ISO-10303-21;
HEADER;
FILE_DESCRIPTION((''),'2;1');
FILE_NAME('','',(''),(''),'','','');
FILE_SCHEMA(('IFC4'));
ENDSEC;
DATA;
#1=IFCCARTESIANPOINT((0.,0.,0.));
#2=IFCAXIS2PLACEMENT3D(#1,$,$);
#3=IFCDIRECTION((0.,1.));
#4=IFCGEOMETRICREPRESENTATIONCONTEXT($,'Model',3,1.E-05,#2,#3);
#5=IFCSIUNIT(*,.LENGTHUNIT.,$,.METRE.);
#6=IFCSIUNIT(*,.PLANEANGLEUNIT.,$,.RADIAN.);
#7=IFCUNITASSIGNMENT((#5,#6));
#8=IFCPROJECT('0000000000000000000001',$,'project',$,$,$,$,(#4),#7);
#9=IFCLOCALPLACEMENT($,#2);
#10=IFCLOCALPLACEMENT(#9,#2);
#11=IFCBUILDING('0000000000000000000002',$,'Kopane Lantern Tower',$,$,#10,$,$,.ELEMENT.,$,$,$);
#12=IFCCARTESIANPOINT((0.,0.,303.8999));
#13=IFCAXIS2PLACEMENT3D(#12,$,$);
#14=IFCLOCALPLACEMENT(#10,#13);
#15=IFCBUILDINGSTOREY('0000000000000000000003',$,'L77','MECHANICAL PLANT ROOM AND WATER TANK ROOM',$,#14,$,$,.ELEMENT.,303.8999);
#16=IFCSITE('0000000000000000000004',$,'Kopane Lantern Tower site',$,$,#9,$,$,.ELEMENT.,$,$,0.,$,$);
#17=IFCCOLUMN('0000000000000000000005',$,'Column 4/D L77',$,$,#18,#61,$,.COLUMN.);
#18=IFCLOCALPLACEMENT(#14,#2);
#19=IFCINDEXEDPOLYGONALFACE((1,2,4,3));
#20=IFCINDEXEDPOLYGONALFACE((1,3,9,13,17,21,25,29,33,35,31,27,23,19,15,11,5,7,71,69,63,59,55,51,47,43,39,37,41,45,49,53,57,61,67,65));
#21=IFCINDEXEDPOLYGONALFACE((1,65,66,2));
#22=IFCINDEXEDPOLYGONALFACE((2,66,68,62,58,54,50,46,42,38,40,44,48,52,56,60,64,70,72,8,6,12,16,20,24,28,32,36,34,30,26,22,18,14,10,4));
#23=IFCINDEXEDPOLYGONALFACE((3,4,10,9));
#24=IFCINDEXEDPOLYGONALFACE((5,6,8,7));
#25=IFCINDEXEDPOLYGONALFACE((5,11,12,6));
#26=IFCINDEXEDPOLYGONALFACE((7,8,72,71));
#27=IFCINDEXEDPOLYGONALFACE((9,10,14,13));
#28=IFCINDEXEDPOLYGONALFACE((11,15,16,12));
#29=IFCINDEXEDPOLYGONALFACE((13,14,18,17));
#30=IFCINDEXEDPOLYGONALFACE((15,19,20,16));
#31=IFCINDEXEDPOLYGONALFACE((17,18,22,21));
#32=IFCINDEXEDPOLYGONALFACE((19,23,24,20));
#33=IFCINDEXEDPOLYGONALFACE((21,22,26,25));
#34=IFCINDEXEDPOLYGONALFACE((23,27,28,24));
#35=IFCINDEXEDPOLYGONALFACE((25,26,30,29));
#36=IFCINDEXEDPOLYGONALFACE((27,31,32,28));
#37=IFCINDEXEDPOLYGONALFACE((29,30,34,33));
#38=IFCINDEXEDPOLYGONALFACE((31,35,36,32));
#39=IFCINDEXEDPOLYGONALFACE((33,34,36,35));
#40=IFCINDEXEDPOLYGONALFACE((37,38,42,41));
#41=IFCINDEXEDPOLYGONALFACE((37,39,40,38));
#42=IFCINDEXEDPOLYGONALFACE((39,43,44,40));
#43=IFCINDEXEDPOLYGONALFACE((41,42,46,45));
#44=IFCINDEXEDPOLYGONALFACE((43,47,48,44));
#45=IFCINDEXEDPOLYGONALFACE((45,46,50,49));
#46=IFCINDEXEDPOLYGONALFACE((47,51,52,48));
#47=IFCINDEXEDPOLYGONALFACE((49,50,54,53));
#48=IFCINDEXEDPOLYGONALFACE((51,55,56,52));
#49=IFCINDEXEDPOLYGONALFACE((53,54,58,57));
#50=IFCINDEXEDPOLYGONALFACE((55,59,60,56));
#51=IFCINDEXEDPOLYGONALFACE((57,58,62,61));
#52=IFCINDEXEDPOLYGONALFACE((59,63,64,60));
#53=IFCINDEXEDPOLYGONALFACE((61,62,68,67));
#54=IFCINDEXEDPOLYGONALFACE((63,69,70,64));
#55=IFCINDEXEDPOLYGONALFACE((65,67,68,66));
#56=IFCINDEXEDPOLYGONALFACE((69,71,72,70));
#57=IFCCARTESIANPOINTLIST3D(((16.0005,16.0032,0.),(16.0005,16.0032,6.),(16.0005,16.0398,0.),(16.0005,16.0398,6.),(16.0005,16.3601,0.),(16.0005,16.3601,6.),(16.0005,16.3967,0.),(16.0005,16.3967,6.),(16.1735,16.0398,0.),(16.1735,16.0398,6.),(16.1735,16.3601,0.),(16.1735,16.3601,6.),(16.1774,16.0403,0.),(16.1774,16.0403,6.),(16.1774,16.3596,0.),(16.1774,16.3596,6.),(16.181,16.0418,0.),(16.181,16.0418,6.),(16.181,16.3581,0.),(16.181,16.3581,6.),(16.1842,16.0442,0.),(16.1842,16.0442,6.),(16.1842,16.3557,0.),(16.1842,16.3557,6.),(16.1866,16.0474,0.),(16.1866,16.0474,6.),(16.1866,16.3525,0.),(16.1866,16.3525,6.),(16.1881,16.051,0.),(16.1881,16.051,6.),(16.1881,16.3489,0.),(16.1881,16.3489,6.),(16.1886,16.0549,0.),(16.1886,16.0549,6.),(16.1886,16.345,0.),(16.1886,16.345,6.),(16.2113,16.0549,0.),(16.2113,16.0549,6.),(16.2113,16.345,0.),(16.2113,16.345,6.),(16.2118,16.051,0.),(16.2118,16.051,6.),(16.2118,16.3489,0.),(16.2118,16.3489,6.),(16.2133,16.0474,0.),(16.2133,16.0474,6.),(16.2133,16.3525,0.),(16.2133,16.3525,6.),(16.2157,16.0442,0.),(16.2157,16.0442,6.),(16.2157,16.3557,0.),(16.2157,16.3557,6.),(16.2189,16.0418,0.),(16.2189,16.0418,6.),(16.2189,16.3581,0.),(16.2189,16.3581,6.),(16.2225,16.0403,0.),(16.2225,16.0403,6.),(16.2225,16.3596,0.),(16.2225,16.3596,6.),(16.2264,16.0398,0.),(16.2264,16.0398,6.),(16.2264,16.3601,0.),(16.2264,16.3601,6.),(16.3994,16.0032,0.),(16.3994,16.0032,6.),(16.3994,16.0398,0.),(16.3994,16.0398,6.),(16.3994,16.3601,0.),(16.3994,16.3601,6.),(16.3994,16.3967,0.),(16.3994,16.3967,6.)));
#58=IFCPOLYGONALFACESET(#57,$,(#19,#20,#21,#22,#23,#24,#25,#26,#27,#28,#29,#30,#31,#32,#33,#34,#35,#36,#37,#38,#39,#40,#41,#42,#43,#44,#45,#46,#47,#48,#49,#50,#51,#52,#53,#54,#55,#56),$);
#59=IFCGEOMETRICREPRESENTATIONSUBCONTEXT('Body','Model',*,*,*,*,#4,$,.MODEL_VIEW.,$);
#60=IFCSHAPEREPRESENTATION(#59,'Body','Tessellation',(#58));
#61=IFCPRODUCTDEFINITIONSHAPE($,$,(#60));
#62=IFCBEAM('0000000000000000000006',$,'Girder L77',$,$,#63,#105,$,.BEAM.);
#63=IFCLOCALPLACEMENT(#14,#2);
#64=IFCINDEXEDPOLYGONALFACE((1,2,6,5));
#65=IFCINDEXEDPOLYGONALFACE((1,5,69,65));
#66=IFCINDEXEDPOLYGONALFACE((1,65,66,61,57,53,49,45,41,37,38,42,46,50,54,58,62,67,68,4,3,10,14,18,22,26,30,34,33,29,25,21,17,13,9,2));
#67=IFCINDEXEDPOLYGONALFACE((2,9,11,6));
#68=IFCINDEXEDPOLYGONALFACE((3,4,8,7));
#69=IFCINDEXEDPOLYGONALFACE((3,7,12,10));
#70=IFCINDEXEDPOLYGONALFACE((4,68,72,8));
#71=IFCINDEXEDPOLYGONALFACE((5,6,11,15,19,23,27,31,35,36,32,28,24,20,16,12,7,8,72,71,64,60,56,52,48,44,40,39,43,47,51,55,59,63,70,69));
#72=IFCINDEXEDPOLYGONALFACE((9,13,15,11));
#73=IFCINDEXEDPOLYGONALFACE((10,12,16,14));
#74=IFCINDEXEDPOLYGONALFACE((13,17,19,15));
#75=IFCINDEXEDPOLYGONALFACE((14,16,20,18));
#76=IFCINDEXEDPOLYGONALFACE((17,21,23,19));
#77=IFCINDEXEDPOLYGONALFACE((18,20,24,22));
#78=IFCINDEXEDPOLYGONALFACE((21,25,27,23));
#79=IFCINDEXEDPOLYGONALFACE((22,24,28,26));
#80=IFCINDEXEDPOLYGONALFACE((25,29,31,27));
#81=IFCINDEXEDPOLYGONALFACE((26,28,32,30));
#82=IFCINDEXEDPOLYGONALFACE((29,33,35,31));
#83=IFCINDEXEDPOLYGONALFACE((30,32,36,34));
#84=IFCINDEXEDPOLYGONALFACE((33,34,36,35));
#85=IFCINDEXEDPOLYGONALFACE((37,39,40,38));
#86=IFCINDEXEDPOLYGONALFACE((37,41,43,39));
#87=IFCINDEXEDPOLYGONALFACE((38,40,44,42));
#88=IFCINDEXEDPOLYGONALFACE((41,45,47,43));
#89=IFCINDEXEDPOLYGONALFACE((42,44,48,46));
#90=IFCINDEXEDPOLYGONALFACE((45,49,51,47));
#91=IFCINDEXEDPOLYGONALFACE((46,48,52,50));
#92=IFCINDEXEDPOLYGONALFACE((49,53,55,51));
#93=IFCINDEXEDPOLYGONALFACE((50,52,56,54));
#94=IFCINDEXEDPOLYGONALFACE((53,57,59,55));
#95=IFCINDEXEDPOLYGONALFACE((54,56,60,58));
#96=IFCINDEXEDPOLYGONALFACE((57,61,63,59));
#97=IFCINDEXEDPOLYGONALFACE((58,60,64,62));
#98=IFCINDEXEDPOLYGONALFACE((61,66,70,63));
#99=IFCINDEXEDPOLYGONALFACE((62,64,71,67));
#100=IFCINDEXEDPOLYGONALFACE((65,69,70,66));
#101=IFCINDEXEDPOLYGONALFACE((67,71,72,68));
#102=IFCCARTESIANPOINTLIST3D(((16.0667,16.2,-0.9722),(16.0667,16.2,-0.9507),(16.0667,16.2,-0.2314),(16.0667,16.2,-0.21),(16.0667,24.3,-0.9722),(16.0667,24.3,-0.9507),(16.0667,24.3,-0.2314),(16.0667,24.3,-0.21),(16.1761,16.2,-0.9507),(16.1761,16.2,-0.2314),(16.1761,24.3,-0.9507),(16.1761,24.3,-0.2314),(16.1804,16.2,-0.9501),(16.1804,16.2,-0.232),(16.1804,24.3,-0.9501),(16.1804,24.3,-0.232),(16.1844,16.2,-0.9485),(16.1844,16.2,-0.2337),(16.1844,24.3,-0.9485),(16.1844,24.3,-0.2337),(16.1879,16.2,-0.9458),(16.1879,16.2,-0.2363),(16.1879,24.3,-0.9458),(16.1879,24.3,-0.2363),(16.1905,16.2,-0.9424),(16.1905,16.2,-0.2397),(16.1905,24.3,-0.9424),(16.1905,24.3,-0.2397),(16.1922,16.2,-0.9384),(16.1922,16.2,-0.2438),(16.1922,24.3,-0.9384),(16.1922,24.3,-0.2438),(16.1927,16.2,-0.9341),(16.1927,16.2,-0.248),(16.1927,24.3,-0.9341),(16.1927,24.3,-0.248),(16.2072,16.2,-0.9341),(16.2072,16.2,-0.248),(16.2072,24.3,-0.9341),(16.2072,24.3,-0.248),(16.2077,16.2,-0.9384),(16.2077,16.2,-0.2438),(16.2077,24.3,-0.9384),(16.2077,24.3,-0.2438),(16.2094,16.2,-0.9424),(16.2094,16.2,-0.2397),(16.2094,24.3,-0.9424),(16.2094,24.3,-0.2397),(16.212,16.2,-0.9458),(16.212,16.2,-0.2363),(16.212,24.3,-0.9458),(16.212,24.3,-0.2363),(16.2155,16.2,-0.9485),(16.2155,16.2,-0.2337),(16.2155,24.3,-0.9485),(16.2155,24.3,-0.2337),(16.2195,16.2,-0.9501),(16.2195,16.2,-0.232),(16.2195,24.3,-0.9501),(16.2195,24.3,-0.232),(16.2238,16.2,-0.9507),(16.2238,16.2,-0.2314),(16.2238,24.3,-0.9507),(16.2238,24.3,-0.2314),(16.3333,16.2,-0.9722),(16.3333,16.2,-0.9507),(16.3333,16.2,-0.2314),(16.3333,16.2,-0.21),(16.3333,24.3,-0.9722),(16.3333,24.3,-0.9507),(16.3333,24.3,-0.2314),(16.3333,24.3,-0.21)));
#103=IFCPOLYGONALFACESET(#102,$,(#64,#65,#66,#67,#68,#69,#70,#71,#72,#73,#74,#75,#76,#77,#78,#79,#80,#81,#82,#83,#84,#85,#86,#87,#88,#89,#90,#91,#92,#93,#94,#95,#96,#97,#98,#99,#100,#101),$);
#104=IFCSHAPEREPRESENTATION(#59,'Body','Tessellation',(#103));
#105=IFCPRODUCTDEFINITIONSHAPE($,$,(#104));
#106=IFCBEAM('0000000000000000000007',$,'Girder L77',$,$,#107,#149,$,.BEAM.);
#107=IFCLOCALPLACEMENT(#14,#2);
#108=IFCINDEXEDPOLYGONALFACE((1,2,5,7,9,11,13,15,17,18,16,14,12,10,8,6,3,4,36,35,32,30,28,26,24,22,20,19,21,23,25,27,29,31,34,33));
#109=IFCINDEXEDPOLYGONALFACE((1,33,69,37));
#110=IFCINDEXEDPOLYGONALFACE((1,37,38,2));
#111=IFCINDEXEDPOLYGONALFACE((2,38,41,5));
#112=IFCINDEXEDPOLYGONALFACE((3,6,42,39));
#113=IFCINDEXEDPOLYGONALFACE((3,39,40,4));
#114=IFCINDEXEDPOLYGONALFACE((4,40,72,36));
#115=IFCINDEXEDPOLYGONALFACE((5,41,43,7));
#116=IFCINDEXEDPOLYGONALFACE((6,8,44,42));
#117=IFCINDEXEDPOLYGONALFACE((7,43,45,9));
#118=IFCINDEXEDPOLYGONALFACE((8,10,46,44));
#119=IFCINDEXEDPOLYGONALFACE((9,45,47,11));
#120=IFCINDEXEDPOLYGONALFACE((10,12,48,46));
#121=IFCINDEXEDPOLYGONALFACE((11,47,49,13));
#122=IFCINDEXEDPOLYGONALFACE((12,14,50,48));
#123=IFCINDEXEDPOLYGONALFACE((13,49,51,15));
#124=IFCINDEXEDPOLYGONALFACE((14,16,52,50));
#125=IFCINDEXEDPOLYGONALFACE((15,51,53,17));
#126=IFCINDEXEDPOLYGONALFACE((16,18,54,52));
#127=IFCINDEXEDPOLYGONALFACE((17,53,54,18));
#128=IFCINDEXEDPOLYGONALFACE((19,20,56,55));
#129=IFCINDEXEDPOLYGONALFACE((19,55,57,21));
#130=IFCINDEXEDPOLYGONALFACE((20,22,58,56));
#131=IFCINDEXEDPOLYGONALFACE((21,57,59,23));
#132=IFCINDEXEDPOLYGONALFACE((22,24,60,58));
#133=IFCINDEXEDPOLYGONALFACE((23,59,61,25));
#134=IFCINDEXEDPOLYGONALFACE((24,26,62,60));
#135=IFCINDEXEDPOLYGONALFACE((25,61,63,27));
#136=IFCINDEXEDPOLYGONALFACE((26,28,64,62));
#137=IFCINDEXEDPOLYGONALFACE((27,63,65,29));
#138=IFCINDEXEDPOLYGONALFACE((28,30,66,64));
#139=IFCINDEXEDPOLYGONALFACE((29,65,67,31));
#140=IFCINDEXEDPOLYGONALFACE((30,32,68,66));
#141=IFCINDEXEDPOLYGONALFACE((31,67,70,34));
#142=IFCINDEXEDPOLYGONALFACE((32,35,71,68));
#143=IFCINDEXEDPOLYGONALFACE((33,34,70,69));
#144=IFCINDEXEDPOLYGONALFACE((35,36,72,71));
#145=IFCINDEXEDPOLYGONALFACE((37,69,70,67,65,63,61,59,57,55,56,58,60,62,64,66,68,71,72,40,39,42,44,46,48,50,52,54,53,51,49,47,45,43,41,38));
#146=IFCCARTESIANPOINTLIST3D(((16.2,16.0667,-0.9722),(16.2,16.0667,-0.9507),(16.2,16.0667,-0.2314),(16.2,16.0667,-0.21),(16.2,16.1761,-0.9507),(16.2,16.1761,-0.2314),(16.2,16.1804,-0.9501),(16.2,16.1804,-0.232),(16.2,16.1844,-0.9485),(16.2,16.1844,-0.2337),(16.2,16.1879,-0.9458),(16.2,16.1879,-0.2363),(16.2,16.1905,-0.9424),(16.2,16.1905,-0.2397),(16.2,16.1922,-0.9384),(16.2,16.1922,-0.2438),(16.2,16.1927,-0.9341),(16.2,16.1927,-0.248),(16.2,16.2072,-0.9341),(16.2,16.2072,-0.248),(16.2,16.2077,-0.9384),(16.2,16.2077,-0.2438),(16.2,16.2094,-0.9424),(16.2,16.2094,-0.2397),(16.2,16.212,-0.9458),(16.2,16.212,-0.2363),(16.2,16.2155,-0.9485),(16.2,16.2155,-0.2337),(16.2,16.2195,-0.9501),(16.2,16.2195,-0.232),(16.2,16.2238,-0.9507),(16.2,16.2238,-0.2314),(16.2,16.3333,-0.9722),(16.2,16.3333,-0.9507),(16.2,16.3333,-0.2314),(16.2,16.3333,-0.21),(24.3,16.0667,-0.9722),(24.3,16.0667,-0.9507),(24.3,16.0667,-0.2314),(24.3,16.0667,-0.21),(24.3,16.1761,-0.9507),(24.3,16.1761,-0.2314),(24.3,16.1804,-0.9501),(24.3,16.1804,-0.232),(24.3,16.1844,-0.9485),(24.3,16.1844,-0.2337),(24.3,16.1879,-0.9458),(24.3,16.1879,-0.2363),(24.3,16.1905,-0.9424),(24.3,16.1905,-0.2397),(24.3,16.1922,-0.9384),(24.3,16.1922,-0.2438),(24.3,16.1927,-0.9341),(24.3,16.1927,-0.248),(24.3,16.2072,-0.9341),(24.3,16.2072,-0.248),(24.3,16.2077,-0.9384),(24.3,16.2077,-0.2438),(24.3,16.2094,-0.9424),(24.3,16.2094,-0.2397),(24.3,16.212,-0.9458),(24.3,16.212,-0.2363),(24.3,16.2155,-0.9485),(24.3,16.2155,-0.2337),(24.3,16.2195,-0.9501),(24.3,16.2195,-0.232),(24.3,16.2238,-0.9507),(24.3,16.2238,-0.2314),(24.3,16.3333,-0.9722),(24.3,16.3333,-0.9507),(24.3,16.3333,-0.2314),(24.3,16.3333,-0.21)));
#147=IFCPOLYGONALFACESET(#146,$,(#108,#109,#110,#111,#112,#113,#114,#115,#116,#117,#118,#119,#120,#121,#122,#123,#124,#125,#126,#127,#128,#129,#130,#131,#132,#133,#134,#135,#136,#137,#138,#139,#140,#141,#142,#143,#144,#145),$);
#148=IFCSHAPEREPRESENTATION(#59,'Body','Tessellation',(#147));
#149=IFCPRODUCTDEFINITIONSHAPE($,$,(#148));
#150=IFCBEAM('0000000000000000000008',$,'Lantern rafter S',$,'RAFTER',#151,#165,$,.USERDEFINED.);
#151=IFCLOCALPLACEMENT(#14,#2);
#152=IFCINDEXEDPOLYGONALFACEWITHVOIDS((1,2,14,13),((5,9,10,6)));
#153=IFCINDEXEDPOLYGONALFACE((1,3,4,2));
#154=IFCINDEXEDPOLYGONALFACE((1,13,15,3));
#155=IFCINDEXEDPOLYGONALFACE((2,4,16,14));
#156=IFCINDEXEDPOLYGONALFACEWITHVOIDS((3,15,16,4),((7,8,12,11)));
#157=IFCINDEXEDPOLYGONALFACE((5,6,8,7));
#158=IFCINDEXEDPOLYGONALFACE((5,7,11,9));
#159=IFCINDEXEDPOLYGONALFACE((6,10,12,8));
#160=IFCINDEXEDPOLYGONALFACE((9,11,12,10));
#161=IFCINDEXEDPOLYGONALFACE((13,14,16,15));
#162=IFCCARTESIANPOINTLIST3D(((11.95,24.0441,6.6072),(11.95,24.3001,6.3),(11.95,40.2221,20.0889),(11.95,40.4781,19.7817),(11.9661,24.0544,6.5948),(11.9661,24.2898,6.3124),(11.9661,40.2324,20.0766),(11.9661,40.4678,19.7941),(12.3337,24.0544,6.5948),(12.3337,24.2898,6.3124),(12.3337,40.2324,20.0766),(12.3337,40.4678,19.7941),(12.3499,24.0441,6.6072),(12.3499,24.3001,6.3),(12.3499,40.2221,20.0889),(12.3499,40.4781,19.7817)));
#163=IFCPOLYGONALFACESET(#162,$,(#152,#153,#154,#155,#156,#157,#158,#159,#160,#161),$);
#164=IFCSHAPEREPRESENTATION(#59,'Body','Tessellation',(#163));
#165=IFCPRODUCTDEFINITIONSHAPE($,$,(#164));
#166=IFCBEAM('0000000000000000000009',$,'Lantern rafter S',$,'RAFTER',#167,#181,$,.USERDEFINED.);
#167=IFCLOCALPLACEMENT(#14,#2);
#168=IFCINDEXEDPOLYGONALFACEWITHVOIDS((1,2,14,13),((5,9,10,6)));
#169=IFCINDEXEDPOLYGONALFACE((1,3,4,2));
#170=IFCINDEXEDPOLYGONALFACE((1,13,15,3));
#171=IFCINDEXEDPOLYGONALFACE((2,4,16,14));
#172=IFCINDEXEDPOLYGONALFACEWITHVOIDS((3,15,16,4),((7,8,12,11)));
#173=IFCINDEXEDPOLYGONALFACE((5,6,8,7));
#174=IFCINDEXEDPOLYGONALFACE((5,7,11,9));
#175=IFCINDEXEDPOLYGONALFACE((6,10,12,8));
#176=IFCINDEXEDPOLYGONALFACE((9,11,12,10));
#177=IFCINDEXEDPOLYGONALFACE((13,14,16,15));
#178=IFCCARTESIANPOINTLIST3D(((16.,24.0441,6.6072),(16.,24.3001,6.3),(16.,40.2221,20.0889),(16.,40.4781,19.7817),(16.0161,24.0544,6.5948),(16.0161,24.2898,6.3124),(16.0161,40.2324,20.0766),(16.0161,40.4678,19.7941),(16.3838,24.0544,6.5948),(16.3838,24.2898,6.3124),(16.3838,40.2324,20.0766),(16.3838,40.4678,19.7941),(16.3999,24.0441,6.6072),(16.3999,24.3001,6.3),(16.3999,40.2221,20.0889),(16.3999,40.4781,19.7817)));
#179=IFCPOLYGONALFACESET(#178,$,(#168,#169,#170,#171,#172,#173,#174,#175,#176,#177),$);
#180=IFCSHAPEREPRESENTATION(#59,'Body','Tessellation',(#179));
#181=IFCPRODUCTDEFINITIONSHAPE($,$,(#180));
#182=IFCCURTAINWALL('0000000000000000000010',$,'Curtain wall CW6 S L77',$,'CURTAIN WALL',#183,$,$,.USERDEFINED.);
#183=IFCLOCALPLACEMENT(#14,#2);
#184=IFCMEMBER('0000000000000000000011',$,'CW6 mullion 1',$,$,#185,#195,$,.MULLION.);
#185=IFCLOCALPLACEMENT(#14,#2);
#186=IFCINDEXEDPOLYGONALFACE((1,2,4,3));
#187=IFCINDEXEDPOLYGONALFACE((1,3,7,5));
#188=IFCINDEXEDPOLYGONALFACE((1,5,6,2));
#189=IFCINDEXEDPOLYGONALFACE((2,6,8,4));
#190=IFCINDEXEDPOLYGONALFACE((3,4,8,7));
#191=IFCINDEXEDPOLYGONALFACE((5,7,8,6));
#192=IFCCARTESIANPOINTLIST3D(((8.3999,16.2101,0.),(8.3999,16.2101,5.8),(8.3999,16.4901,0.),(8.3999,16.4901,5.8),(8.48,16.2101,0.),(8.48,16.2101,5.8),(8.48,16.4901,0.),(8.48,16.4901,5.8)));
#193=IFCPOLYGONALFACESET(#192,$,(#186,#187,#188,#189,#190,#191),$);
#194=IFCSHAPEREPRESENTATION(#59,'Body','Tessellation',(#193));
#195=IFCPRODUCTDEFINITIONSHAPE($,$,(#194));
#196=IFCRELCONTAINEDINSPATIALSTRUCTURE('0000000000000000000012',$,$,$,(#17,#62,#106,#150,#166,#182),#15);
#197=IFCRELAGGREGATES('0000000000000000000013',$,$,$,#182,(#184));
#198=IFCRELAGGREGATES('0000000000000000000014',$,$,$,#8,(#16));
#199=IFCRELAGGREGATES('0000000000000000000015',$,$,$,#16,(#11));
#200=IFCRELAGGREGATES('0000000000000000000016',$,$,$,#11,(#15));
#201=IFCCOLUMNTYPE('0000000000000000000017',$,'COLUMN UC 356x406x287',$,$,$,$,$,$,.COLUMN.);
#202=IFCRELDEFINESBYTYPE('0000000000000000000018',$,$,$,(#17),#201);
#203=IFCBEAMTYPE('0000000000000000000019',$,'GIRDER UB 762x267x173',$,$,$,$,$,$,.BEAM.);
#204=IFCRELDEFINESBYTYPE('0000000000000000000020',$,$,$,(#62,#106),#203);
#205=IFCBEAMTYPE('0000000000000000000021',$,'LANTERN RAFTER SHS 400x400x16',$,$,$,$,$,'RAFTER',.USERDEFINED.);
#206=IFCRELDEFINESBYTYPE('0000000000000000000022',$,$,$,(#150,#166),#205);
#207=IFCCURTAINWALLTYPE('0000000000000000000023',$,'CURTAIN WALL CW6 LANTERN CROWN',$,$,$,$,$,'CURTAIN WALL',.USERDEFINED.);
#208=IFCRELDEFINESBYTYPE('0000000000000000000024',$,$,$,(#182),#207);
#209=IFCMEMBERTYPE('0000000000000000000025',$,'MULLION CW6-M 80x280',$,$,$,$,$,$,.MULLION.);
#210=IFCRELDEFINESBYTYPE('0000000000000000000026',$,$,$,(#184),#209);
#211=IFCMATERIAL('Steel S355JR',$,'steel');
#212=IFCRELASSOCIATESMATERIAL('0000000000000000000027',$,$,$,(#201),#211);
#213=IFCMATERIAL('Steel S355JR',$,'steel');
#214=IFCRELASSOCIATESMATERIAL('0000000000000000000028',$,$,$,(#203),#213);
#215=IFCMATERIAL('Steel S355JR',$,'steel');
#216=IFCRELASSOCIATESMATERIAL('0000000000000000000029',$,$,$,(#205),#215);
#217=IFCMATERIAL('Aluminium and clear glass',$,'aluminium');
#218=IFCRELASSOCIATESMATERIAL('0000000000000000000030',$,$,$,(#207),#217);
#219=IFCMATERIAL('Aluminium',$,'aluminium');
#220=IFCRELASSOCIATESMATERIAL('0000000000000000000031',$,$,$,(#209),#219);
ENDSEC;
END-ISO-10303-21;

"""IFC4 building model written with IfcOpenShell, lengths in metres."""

from ifc_helpers import new_model, si_unit, direction, frame, origin, origin_2d, place, context, subcontext, project, spatial, rectangle, hollow_rectangle, i_section, extrude, material, material_profile, profile_set, type_object, element, aggregate, save


model = new_model("IFC4")

# Units and contexts
model_context = context("Model", 3, precision=1e-05, world=origin(), true_north=direction((0.0, 1.0)))
body_context = subcontext(model_context, "Body", "Model", "MODEL_VIEW")
ifc_project = project(units=[si_unit("LENGTHUNIT", "METRE"), si_unit("PLANEANGLEUNIT", "RADIAN")], contexts=[model_context])

# Site, building, storey
site_placement = place(None, origin())
site = spatial("IfcSite", under=ifc_project, at=site_placement, Name="Kopane Lantern Tower site", CompositionType="ELEMENT", RefElevation=0.0)
building_placement = place(site_placement, origin())
building = spatial("IfcBuilding", under=site, at=building_placement, Name="Kopane Lantern Tower", CompositionType="ELEMENT")
storey_placement = place(building_placement, frame((0.0, 0.0, 303.8999)))
storey = spatial("IfcBuildingStorey", under=building, at=storey_placement, Name="L77", Description="MECHANICAL PLANT ROOM AND WATER TANK ROOM", CompositionType="ELEMENT", Elevation=303.8999)

# Column
ifc_material_1 = material(Name="Steel S355JR", Category="steel")
ifc_material_profile_1 = material_profile(ifc_material_1, i_section(OverallWidth=0.3989, OverallDepth=0.3936, WebThickness=0.0227, FlangeThickness=0.0366, FilletRadius=0.0151, at=origin_2d()), Name="UC 356x406x287")
ifc_profile_set_1 = profile_set([ifc_material_profile_1], Name="Steel S355JR")
column_type = type_object("IfcColumnType", Name="COLUMN UC 356x406x287", PredefinedType="COLUMN", material=ifc_profile_set_1)
column_placement = place(storey_placement, frame((16.2, 16.2, 0.0), z_axis=(0.0, 0.0, 1.0), x_axis=(1.0, 0.0, 0.0)))
element("IfcColumn", 1, at=column_placement, inside=storey, type_object=column_type, Name="Column 4/D L77", PredefinedType="COLUMN", context=body_context, shape_type="SweptSolid", body=[
    extrude(i_section(OverallWidth=0.3989, OverallDepth=0.3936, WebThickness=0.0227, FlangeThickness=0.0366, FilletRadius=0.0151, at=origin_2d()), origin(), (0.0, 0.0, 1.0), 6.0),
])

# Beams
ifc_material_2 = material(Name="Steel S355JR", Category="steel")
ifc_material_profile_2 = material_profile(ifc_material_2, i_section(OverallWidth=0.2666, OverallDepth=0.7622, WebThickness=0.0144, FlangeThickness=0.0215, FilletRadius=0.0166, at=origin_2d()), Name="UB 762x267x173")
ifc_profile_set_2 = profile_set([ifc_material_profile_2], Name="Steel S355JR")
beam_type_1 = type_object("IfcBeamType", Name="GIRDER UB 762x267x173", PredefinedType="BEAM", material=ifc_profile_set_2)
for number, where, z_axis, x_axis, name in (
    (2, (16.2, 16.2, -0.5911), (0.0, 1.0, 0.0), (-1.0, 0.0, 0.0), "Girder L77"),
    (3, (16.2, 16.2, -0.5911), (1.0, 0.0, 0.0), (0.0, 1.0, 0.0), "Girder L77"),
):
    element("IfcBeam", number, at=place(storey_placement, frame(where, z_axis=z_axis, x_axis=x_axis)), inside=storey, type_object=beam_type_1, Name=name, PredefinedType="BEAM", context=body_context, shape_type="SweptSolid", body=[
        extrude(i_section(OverallWidth=0.2666, OverallDepth=0.7622, WebThickness=0.0144, FlangeThickness=0.0215, FilletRadius=0.0166, at=origin_2d()), origin(), (0.0, 0.0, 1.0), 8.1001),
    ])
ifc_material_3 = material(Name="Steel S355JR", Category="steel")
ifc_material_profile_3 = material_profile(ifc_material_3, hollow_rectangle(XDim=0.3999, YDim=0.3999, WallThickness=0.0161, at=origin_2d()), Name="RHS 400x400x16")
ifc_profile_set_3 = profile_set([ifc_material_profile_3], Name="Steel S355JR")
beam_type_2 = type_object("IfcBeamType", Name="LANTERN RAFTER SHS 400x400x16", ElementType="RAFTER", PredefinedType="USERDEFINED", material=ifc_profile_set_3)
for number, where, z_axis, x_axis, name in (
    (4, (12.1499, 24.1721, 6.4536), (0.0, 0.76822, 0.640186), (-1.0, 0.0, 0.0), "Lantern rafter S"),
    (5, (16.2, 24.1721, 6.4536), (0.0, 0.76822, 0.640186), (-1.0, 0.0, 0.0), "Lantern rafter S"),
):
    element("IfcBeam", number, at=place(storey_placement, frame(where, z_axis=z_axis, x_axis=x_axis)), inside=storey, type_object=beam_type_2, Name=name, ObjectType="RAFTER", PredefinedType="USERDEFINED", context=body_context, shape_type="SweptSolid", body=[
        extrude(hollow_rectangle(XDim=0.3999, YDim=0.3999, WallThickness=0.0161, at=origin_2d()), origin(), (0.0, 0.0, 1.0), 21.0591),
    ])

# Curtain wall, member
ifc_material_4 = material(Name="Aluminium and clear glass", Category="aluminium")
curtain_wall_type = type_object("IfcCurtainWallType", Name="CURTAIN WALL CW6 LANTERN CROWN", ElementType="CURTAIN WALL", PredefinedType="USERDEFINED", material=ifc_material_4)
curtain_wall_1_placement = place(storey_placement, origin())
curtain_wall_1 = element("IfcCurtainWall", 6, at=curtain_wall_1_placement, inside=storey, type_object=curtain_wall_type, Name="Curtain wall CW6 S L77", ObjectType="CURTAIN WALL", PredefinedType="USERDEFINED")
ifc_material_5 = material(Name="Aluminium", Category="aluminium")
ifc_material_profile_4 = material_profile(ifc_material_5, rectangle(XDim=0.0801, YDim=0.28, at=origin_2d()), Name="AL 80x280")
ifc_profile_set_4 = profile_set([ifc_material_profile_4], Name="Aluminium")
member_type_1 = type_object("IfcMemberType", Name="MULLION CW6-M 80x280", PredefinedType="MULLION", material=ifc_profile_set_4)
member_1_placement = place(storey_placement, frame((8.4399, 16.3501, 0.0), z_axis=(0.0, 0.0, 1.0), x_axis=(1.0, 0.0, 0.0)))
member_1 = element("IfcMember", 7, at=member_1_placement, type_object=member_type_1, Name="CW6 mullion 1", PredefinedType="MULLION", context=body_context, shape_type="SweptSolid", body=[
    extrude(rectangle(XDim=0.0801, YDim=0.28, at=origin_2d()), origin(), (0.0, 0.0, 1.0), 5.8),
])

aggregate(curtain_wall_1, [member_1])

save(model, "model.ifc")
